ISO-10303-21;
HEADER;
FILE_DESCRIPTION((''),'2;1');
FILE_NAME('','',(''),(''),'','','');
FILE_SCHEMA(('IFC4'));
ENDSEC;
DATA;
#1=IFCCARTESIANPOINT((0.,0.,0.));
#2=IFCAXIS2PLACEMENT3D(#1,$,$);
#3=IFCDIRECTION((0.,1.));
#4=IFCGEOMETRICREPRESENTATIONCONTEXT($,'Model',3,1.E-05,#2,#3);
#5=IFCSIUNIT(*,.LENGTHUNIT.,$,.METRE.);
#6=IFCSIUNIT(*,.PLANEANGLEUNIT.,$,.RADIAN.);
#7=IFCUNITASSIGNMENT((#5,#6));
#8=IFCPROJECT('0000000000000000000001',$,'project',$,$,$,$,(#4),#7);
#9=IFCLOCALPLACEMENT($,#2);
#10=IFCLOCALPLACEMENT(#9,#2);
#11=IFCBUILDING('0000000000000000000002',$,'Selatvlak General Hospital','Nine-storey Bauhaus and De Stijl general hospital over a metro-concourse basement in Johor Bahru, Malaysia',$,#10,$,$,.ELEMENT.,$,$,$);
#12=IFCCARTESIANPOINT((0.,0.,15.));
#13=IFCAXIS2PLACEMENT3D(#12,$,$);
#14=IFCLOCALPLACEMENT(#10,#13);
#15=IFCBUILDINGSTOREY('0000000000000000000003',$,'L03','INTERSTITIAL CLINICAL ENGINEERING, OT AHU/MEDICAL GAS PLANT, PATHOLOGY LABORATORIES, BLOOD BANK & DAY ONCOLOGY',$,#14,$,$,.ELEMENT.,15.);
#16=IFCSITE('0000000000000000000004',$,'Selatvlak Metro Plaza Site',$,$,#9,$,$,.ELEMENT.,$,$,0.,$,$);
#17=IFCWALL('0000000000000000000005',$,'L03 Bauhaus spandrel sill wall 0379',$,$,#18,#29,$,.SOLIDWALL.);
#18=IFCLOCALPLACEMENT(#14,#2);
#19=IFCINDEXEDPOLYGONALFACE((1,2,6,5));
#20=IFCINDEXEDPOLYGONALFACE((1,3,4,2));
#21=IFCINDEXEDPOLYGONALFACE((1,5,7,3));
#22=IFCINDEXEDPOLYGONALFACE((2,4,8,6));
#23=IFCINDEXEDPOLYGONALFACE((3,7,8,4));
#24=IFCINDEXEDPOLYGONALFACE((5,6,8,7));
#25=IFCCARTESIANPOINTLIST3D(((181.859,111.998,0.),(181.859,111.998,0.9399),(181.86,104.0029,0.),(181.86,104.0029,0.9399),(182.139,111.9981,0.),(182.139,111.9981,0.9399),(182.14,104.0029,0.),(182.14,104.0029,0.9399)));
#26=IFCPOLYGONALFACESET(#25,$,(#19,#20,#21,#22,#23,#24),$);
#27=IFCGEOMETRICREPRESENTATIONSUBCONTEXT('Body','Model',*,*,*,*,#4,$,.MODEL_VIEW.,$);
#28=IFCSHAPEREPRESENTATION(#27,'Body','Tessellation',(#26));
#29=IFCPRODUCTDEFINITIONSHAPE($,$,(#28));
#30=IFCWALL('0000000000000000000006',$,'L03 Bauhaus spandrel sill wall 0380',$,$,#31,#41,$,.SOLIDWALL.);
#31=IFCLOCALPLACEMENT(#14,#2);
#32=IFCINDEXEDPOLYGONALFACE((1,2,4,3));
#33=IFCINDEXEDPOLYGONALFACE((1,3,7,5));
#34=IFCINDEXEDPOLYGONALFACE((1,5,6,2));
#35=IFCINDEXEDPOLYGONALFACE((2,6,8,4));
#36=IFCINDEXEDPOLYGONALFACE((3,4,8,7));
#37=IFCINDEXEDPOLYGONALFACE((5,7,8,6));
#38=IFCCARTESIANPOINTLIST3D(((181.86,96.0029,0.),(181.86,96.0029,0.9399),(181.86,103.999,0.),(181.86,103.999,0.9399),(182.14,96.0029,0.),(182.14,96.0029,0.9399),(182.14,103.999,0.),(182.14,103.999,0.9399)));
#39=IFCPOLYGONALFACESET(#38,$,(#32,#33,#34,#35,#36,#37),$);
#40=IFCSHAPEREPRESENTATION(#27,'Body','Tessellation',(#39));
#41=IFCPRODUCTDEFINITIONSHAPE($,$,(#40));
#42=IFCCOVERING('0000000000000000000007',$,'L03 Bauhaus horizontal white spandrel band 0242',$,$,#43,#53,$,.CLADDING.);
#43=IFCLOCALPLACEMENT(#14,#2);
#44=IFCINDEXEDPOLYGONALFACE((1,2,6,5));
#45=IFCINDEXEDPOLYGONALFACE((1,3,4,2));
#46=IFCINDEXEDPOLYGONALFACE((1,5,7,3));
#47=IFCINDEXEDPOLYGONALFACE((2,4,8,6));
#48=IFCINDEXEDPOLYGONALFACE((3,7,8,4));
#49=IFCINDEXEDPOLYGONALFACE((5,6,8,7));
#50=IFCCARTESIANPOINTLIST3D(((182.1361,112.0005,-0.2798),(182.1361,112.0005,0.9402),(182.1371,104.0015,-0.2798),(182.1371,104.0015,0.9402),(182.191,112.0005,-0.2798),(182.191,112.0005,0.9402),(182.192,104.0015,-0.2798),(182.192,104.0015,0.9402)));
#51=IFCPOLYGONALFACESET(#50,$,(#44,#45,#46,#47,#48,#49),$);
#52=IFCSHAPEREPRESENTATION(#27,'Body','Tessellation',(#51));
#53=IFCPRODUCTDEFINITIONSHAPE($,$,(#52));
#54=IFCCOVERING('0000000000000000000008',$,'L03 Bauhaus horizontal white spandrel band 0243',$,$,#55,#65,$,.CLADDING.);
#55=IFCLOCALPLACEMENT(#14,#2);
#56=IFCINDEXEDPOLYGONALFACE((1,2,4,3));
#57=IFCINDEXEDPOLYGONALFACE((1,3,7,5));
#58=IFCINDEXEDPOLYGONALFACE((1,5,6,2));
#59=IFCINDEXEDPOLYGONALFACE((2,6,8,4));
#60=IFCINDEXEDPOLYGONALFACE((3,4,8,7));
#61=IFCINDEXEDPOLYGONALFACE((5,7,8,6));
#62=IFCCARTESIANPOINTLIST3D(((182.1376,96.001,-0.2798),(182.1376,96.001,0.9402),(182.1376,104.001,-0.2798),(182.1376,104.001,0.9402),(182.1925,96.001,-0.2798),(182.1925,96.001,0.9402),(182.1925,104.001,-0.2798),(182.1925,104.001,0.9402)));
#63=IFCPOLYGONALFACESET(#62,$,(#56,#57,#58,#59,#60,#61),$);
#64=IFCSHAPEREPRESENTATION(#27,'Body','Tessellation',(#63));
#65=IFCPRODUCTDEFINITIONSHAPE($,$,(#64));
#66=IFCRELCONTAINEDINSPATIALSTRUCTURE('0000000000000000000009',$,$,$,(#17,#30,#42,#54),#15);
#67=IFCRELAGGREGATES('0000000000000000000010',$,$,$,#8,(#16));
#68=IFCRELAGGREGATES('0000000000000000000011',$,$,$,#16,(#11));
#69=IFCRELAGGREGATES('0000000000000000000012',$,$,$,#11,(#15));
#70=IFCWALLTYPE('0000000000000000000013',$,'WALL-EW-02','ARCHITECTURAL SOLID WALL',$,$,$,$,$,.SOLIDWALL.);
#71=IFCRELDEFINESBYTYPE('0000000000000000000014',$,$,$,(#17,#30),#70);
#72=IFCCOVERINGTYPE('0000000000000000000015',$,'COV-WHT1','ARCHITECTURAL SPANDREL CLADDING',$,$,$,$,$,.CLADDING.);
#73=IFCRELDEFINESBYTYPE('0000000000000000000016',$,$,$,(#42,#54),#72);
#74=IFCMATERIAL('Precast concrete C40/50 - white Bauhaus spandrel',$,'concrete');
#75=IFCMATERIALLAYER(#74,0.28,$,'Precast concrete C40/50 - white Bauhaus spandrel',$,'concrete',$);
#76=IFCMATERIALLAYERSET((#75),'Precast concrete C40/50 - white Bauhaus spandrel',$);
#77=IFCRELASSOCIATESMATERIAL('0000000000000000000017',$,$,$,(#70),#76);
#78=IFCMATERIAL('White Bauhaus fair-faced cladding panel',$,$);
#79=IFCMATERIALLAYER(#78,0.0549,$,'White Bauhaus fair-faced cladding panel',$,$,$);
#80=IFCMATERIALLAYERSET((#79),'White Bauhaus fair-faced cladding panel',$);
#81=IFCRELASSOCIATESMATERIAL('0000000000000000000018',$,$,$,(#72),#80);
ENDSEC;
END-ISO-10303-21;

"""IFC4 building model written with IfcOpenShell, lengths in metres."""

from ifc_helpers import new_model, si_unit, direction, frame, frame_2d, origin, origin_2d, place, context, subcontext, project, spatial, rectangle, extrude, material, layer, layer_set, type_object, element, save


model = new_model("IFC4")

# Units and contexts
model_context = context("Model", 3, precision=1e-05, world=origin(), true_north=direction((0.0, 1.0)))
body_context = subcontext(model_context, "Body", "Model", "MODEL_VIEW")
ifc_project = project(units=[si_unit("LENGTHUNIT", "METRE"), si_unit("PLANEANGLEUNIT", "RADIAN")], contexts=[model_context])

# Site, building, storey
site_placement = place(None, origin())
site = spatial("IfcSite", under=ifc_project, at=site_placement, Name="Selatvlak Metro Plaza Site", CompositionType="ELEMENT", RefElevation=0.0)
building_placement = place(site_placement, origin())
building = spatial("IfcBuilding", under=site, at=building_placement, Name="Selatvlak General Hospital", Description="Nine-storey Bauhaus and De Stijl general hospital over a metro-concourse basement in Johor Bahru, Malaysia", CompositionType="ELEMENT")
storey_placement = place(building_placement, frame((0.0, 0.0, 15.0)))
storey = spatial("IfcBuildingStorey", under=building, at=storey_placement, Name="L03", Description="INTERSTITIAL CLINICAL ENGINEERING, OT AHU/MEDICAL GAS PLANT, PATHOLOGY LABORATORIES, BLOOD BANK & DAY ONCOLOGY", CompositionType="ELEMENT", Elevation=15.0)

# Walls
ifc_material_1 = material(Name="Precast concrete C40/50 - white Bauhaus spandrel", Category="concrete")
ifc_layer_1 = layer(ifc_material_1, 0.28, Name="Precast concrete C40/50 - white Bauhaus spandrel", Category="concrete")
ifc_layer_set_1 = layer_set([ifc_layer_1], Name="Precast concrete C40/50 - white Bauhaus spandrel")
wall_type = type_object("IfcWallType", Name="WALL-EW-02", Description="ARCHITECTURAL SOLID WALL", PredefinedType="SOLIDWALL", material=ifc_layer_set_1)
wall_1_placement = place(storey_placement, frame((181.999, 111.998, 0.0), z_axis=(0.0, 0.0, 1.0), x_axis=(0.000122, -1.0, 0.0)))
element("IfcWall", 1, at=wall_1_placement, inside=storey, type_object=wall_type, Name="L03 Bauhaus spandrel sill wall 0379", PredefinedType="SOLIDWALL", context=body_context, shape_type="SweptSolid", body=[
    extrude(rectangle(XDim=7.9951, YDim=0.28, at=frame_2d((3.9976, 0.0))), origin(), (0.0, 0.0, 1.0), 0.9399),
])
wall_2_placement = place(storey_placement, frame((182.0, 103.999, 0.0), z_axis=(0.0, 0.0, 1.0), x_axis=(0.0, -1.0, 0.0)))
element("IfcWall", 2, at=wall_2_placement, inside=storey, type_object=wall_type, Name="L03 Bauhaus spandrel sill wall 0380", PredefinedType="SOLIDWALL", context=body_context, shape_type="SweptSolid", body=[
    extrude(rectangle(XDim=7.9961, YDim=0.28, at=frame_2d((3.998, 0.0))), origin(), (0.0, 0.0, 1.0), 0.9399),
])

# Coverings
ifc_material_2 = material(Name="White Bauhaus fair-faced cladding panel")
ifc_layer_2 = layer(ifc_material_2, 0.0549, Name="White Bauhaus fair-faced cladding panel")
ifc_layer_set_2 = layer_set([ifc_layer_2], Name="White Bauhaus fair-faced cladding panel")
covering_type = type_object("IfcCoveringType", Name="COV-WHT1", Description="ARCHITECTURAL SPANDREL CLADDING", PredefinedType="CLADDING", material=ifc_layer_set_2)
covering_1_placement = place(storey_placement, frame((182.1641, 108.001, -0.2798), z_axis=(0.0, 0.0, 1.0), x_axis=(0.000122, -1.0, 0.0)))
element("IfcCovering", 3, at=covering_1_placement, inside=storey, type_object=covering_type, Name="L03 Bauhaus horizontal white spandrel band 0242", PredefinedType="CLADDING", context=body_context, shape_type="SweptSolid", body=[
    extrude(rectangle(XDim=7.999, YDim=0.0549, at=origin_2d()), origin(), (0.0, 0.0, 1.0), 1.22),
])
covering_2_placement = place(storey_placement, frame((182.165, 100.001, -0.2798), z_axis=(0.0, 0.0, 1.0), x_axis=(0.0, -1.0, 0.0)))
element("IfcCovering", 4, at=covering_2_placement, inside=storey, type_object=covering_type, Name="L03 Bauhaus horizontal white spandrel band 0243", PredefinedType="CLADDING", context=body_context, shape_type="SweptSolid", body=[
    extrude(rectangle(XDim=8.0, YDim=0.0549, at=origin_2d()), origin(), (0.0, 0.0, 1.0), 1.22),
])

save(model, "model.ifc")
